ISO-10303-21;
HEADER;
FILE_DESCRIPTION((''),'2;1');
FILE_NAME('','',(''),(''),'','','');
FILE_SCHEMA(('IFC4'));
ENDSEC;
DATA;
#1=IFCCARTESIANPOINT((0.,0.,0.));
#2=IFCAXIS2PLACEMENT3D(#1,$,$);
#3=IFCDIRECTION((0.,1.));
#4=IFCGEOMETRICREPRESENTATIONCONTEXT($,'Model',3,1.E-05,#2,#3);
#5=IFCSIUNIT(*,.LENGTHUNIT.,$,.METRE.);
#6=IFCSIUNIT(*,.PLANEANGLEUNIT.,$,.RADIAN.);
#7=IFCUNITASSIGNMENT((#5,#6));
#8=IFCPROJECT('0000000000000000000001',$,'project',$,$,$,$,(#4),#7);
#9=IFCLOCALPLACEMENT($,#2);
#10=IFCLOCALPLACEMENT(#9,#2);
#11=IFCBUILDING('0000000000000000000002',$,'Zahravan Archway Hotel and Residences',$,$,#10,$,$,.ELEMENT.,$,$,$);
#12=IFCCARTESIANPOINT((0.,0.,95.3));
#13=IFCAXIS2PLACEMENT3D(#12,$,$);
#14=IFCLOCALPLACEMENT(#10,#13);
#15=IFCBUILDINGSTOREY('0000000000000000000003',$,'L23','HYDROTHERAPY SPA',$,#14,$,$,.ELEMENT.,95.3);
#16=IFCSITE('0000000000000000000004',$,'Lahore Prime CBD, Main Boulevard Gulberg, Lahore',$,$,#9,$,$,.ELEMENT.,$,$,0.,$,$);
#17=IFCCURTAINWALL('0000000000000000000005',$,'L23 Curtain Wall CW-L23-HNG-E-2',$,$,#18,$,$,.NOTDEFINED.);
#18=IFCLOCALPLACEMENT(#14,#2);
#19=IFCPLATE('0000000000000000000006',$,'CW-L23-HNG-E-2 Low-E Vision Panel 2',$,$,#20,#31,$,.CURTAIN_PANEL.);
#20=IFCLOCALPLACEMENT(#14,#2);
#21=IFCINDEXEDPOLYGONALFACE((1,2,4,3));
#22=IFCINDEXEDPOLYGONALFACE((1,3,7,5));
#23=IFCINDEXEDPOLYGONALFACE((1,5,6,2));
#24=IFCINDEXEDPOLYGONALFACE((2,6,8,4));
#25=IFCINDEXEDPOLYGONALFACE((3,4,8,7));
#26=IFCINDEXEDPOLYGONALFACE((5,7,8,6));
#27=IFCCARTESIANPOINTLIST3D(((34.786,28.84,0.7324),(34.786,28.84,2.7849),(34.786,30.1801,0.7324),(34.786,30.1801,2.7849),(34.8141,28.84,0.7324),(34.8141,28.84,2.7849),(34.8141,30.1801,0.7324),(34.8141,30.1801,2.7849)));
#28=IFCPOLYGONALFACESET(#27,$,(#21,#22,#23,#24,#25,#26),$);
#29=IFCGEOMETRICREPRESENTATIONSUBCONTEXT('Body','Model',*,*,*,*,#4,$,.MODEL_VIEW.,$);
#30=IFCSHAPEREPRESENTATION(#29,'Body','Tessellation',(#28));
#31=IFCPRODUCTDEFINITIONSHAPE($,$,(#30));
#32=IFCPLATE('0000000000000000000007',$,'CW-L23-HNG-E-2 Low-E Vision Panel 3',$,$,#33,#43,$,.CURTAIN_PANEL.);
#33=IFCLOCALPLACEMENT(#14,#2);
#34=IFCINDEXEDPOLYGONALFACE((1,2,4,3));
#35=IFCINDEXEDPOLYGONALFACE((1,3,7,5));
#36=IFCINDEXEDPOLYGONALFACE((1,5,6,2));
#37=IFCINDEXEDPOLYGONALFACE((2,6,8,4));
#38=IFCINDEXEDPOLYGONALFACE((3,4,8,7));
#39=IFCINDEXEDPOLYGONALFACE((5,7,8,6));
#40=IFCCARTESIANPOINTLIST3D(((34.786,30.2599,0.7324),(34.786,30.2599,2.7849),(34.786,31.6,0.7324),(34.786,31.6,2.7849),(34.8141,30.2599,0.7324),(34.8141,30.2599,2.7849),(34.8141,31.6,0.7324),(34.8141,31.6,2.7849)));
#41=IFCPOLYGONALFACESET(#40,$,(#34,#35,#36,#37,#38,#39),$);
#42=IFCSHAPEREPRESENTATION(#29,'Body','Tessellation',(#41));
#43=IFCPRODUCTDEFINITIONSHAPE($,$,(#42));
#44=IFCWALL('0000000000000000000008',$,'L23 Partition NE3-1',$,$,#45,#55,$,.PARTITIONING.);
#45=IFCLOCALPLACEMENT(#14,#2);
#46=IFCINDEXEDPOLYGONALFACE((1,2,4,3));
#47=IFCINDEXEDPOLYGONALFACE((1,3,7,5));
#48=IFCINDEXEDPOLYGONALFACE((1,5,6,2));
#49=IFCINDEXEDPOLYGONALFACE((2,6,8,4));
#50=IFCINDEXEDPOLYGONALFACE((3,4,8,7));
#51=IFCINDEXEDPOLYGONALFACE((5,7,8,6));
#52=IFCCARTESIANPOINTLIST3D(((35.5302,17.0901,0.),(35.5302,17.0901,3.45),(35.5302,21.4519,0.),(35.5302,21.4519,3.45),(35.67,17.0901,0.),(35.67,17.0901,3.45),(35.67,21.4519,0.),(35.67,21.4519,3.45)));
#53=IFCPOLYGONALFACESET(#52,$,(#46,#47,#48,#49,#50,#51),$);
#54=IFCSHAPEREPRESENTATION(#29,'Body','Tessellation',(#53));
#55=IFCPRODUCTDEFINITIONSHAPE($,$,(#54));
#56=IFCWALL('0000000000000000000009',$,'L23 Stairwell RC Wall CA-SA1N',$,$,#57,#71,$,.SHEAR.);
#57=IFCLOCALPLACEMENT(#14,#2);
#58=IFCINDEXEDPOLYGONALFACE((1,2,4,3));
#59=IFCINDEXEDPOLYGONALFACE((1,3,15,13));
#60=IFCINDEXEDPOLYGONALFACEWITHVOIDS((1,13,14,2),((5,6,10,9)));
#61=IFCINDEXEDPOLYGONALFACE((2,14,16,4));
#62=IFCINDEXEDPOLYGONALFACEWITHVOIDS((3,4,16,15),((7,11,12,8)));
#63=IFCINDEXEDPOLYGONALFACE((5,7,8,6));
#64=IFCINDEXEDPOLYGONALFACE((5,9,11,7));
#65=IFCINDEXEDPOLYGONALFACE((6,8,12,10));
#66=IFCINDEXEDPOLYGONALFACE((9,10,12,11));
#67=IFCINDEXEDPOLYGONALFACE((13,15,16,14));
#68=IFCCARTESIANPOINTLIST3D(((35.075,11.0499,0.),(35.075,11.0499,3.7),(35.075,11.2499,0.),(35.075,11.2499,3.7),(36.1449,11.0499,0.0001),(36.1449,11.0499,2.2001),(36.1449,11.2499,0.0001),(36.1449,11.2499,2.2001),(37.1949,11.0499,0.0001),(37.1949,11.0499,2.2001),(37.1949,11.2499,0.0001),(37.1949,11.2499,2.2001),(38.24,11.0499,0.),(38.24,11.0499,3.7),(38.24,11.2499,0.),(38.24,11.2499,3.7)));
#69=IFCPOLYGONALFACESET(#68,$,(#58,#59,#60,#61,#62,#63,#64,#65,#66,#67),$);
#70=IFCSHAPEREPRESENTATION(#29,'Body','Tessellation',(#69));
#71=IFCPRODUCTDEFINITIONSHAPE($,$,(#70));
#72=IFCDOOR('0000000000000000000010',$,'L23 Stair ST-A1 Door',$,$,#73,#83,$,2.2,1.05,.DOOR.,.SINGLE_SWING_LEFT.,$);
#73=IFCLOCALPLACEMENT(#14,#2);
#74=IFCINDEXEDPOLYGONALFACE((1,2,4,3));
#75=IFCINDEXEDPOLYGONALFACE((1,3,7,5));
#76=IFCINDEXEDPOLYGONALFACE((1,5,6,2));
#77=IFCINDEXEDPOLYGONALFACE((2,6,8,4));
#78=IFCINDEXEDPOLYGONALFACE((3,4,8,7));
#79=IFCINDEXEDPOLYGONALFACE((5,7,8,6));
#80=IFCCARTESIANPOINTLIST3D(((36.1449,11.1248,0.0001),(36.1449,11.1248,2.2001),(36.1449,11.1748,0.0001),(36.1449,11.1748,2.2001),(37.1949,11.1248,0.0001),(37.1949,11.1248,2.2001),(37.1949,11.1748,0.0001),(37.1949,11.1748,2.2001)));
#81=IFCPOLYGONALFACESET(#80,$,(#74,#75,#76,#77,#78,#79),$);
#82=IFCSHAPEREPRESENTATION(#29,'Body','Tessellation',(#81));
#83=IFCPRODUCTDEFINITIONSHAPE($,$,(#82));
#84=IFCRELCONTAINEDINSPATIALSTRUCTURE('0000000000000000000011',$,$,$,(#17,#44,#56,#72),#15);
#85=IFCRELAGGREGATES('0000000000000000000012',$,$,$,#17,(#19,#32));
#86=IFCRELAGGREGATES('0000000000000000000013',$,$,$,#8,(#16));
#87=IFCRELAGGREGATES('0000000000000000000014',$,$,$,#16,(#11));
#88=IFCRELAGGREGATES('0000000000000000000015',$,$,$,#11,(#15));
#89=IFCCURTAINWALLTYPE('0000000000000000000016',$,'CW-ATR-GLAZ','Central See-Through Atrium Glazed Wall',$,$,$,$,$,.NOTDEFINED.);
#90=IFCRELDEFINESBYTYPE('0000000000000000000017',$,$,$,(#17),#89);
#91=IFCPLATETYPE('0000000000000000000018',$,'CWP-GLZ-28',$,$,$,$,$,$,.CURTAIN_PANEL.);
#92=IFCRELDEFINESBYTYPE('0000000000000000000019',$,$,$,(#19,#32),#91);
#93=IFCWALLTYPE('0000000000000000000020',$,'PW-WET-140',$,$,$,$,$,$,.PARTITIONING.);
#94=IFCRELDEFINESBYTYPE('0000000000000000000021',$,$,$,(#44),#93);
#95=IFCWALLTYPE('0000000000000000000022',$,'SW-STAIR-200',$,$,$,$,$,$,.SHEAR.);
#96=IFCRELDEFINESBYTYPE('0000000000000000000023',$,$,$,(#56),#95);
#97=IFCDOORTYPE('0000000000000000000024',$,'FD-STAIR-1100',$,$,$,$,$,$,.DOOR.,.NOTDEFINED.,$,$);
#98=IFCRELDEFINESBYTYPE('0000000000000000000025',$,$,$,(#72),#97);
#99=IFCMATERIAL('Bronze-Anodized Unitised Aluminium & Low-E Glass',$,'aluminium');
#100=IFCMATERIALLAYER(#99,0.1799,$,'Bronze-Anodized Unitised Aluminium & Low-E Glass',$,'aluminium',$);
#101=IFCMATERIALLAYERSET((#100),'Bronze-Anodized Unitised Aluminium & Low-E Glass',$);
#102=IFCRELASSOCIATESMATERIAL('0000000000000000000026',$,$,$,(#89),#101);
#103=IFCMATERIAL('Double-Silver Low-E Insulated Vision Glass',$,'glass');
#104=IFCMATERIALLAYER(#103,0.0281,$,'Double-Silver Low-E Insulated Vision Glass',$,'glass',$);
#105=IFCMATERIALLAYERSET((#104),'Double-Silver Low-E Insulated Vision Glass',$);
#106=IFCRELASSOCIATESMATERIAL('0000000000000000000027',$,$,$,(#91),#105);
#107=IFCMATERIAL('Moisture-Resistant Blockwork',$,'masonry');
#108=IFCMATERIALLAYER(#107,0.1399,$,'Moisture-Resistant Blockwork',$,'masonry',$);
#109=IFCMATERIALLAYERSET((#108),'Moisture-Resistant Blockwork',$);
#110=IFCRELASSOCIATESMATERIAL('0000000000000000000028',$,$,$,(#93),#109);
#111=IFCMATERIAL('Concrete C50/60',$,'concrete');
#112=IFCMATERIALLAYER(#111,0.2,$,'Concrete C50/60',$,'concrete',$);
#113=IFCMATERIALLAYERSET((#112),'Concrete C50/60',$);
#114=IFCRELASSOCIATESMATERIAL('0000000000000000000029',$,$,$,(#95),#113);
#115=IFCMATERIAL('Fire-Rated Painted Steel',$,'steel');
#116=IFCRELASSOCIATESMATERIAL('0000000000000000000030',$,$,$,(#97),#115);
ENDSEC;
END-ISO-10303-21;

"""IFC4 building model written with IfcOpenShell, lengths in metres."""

from ifc_helpers import new_model, si_unit, direction, frame, frame_2d, origin, origin_2d, place, context, subcontext, project, spatial, rectangle, extrude, source, transform, mapped, material, layer, layer_set, type_object, type_shapes, element, fill, aggregate, save


model = new_model("IFC4")

# Units and contexts
model_context = context("Model", 3, precision=1e-05, world=origin(), true_north=direction((0.0, 1.0)))
body_context = subcontext(model_context, "Body", "Model", "MODEL_VIEW")
ifc_project = project(units=[si_unit("LENGTHUNIT", "METRE"), si_unit("PLANEANGLEUNIT", "RADIAN")], contexts=[model_context])

# Site, building, storey
site_placement = place(None, origin())
site = spatial("IfcSite", under=ifc_project, at=site_placement, Name="Lahore Prime CBD, Main Boulevard Gulberg, Lahore", CompositionType="ELEMENT", RefElevation=0.0)
building_placement = place(site_placement, origin())
building = spatial("IfcBuilding", under=site, at=building_placement, Name="Zahravan Archway Hotel and Residences", CompositionType="ELEMENT")
storey_placement = place(building_placement, frame((0.0, 0.0, 95.3)))
storey = spatial("IfcBuildingStorey", under=building, at=storey_placement, Name="L23", Description="HYDROTHERAPY SPA", CompositionType="ELEMENT", Elevation=95.3)

# Curtain wall, plates
ifc_material_1 = material(Name="Bronze-Anodized Unitised Aluminium & Low-E Glass", Category="aluminium")
ifc_layer_1 = layer(ifc_material_1, 0.1799, Name="Bronze-Anodized Unitised Aluminium & Low-E Glass", Category="aluminium")
ifc_layer_set_1 = layer_set([ifc_layer_1], Name="Bronze-Anodized Unitised Aluminium & Low-E Glass")
curtain_wall_type = type_object("IfcCurtainWallType", Name="CW-ATR-GLAZ", Description="Central See-Through Atrium Glazed Wall", PredefinedType="NOTDEFINED", material=ifc_layer_set_1)
curtain_wall_placement = place(storey_placement, origin())
curtain_wall = element("IfcCurtainWall", 1, at=curtain_wall_placement, inside=storey, type_object=curtain_wall_type, Name="L23 Curtain Wall CW-L23-HNG-E-2", PredefinedType="NOTDEFINED")
ifc_material_2 = material(Name="Double-Silver Low-E Insulated Vision Glass", Category="glass")
ifc_layer_2 = layer(ifc_material_2, 0.0281, Name="Double-Silver Low-E Insulated Vision Glass", Category="glass")
ifc_layer_set_2 = layer_set([ifc_layer_2], Name="Double-Silver Low-E Insulated Vision Glass")
plate_type_1 = type_object("IfcPlateType", Name="CWP-GLZ-28", PredefinedType="CURTAIN_PANEL", material=ifc_layer_set_2)
shared_shape_1 = source(origin(), body_context, "Body", "SweptSolid", [
    extrude(rectangle(XDim=1.3401, YDim=0.0281, at=origin_2d()), origin(), (0.0, 0.0, 1.0), 2.0525),
])
plate_1_placement = place(storey_placement, frame((34.8, 29.51, 0.7324), z_axis=(0.0, 0.0, 1.0), x_axis=(0.0, 1.0, 0.0)))
plate_1 = element("IfcPlate", 2, at=plate_1_placement, type_object=plate_type_1, Name="CW-L23-HNG-E-2 Low-E Vision Panel 2", PredefinedType="CURTAIN_PANEL", context=body_context, shape_type="MappedRepresentation", body=[
    mapped(shared_shape_1, transform((0.0, 0.0, 0.0), scale=1.0)),
])
plate_2_placement = place(storey_placement, frame((34.8, 30.9299, 0.7324), z_axis=(0.0, 0.0, 1.0), x_axis=(0.0, 1.0, 0.0)))
plate_2 = element("IfcPlate", 3, at=plate_2_placement, type_object=plate_type_1, Name="CW-L23-HNG-E-2 Low-E Vision Panel 3", PredefinedType="CURTAIN_PANEL", context=body_context, shape_type="MappedRepresentation", body=[
    mapped(shared_shape_1, transform((0.0, 0.0, 0.0), scale=1.0)),
])
aggregate(curtain_wall, [plate_1, plate_2])

# Shared definitions
ifc_material_3 = material(Name="Fire-Rated Painted Steel", Category="steel")

# Wall
ifc_material_4 = material(Name="Moisture-Resistant Blockwork", Category="masonry")
ifc_layer_3 = layer(ifc_material_4, 0.1399, Name="Moisture-Resistant Blockwork", Category="masonry")
ifc_layer_set_3 = layer_set([ifc_layer_3], Name="Moisture-Resistant Blockwork")
wall_type_1 = type_object("IfcWallType", Name="PW-WET-140", PredefinedType="PARTITIONING", material=ifc_layer_set_3)
wall_1_placement = place(storey_placement, frame((35.6001, 17.0901, 0.0), z_axis=(0.0, 0.0, 1.0), x_axis=(0.0, 1.0, 0.0)))
element("IfcWall", 4, at=wall_1_placement, inside=storey, type_object=wall_type_1, Name="L23 Partition NE3-1", PredefinedType="PARTITIONING", context=body_context, shape_type="SweptSolid", body=[
    extrude(rectangle(XDim=4.3618, YDim=0.1399, at=frame_2d((2.1809, 0.0))), origin(), (0.0, 0.0, 1.0), 3.45),
])

# Wall, opening, door
ifc_material_5 = material(Name="Concrete C50/60", Category="concrete")
ifc_layer_4 = layer(ifc_material_5, 0.2, Name="Concrete C50/60", Category="concrete")
ifc_layer_set_4 = layer_set([ifc_layer_4], Name="Concrete C50/60")
wall_type_2 = type_object("IfcWallType", Name="SW-STAIR-200", PredefinedType="SHEAR", material=ifc_layer_set_4)
wall_2_placement = place(storey_placement, frame((35.075, 11.1499, 0.0), z_axis=(0.0, 0.0, 1.0), x_axis=(1.0, 0.0, 0.0)))
wall_2 = element("IfcWall", 5, at=wall_2_placement, inside=storey, type_object=wall_type_2, Name="L23 Stairwell RC Wall CA-SA1N", PredefinedType="SHEAR", context=body_context, shape_type="SweptSolid", body=[
    extrude(rectangle(XDim=3.165, YDim=0.2, at=frame_2d((1.5825, 0.0))), origin(), (0.0, 0.0, 1.0), 3.7),
])
opening_1_placement = place(wall_2_placement, frame((1.0701, 0.0, 0.0)))
opening_1 = element("IfcOpeningElement", 6, at=opening_1_placement, cuts=wall_2, PredefinedType="OPENING", context=body_context, shape_type="SweptSolid", body=[
    extrude(rectangle(XDim=1.05, YDim=2.2, at=frame_2d((0.5249, 1.1001))), frame((0.0, 0.1099, 0.0), z_axis=(0.0, -1.0, 0.0), x_axis=(1.0, 0.0, 0.0)), (0.0, 0.0, 1.0), 0.22),
])
door_type_1 = type_object("IfcDoorType", Name="FD-STAIR-1100", OperationType="NOTDEFINED", PredefinedType="DOOR", material=ifc_material_3)
shared_shape_2 = source(origin(), body_context, "Body", "SweptSolid", [
    extrude(rectangle(XDim=1.05, YDim=2.2, at=frame_2d((0.5249, 1.1001))), frame((0.0, 0.0249, 0.0), z_axis=(0.0, -1.0, 0.0), x_axis=(1.0, 0.0, 0.0)), (0.0, 0.0, 1.0), 0.05),
])
type_shapes(door_type_1, [shared_shape_2])
door_1_placement = place(opening_1_placement, origin())
door_1 = element("IfcDoor", 7, at=door_1_placement, inside=storey, type_object=door_type_1, Name="L23 Stair ST-A1 Door", OperationType="SINGLE_SWING_LEFT", OverallHeight=2.2, OverallWidth=1.05, PredefinedType="DOOR", context=body_context, shape_type="MappedRepresentation", body=[
    mapped(shared_shape_2, transform((0.0, 0.0, 0.0), scale=1.0)),
])
fill(opening_1, door_1)

save(model, "model.ifc")
